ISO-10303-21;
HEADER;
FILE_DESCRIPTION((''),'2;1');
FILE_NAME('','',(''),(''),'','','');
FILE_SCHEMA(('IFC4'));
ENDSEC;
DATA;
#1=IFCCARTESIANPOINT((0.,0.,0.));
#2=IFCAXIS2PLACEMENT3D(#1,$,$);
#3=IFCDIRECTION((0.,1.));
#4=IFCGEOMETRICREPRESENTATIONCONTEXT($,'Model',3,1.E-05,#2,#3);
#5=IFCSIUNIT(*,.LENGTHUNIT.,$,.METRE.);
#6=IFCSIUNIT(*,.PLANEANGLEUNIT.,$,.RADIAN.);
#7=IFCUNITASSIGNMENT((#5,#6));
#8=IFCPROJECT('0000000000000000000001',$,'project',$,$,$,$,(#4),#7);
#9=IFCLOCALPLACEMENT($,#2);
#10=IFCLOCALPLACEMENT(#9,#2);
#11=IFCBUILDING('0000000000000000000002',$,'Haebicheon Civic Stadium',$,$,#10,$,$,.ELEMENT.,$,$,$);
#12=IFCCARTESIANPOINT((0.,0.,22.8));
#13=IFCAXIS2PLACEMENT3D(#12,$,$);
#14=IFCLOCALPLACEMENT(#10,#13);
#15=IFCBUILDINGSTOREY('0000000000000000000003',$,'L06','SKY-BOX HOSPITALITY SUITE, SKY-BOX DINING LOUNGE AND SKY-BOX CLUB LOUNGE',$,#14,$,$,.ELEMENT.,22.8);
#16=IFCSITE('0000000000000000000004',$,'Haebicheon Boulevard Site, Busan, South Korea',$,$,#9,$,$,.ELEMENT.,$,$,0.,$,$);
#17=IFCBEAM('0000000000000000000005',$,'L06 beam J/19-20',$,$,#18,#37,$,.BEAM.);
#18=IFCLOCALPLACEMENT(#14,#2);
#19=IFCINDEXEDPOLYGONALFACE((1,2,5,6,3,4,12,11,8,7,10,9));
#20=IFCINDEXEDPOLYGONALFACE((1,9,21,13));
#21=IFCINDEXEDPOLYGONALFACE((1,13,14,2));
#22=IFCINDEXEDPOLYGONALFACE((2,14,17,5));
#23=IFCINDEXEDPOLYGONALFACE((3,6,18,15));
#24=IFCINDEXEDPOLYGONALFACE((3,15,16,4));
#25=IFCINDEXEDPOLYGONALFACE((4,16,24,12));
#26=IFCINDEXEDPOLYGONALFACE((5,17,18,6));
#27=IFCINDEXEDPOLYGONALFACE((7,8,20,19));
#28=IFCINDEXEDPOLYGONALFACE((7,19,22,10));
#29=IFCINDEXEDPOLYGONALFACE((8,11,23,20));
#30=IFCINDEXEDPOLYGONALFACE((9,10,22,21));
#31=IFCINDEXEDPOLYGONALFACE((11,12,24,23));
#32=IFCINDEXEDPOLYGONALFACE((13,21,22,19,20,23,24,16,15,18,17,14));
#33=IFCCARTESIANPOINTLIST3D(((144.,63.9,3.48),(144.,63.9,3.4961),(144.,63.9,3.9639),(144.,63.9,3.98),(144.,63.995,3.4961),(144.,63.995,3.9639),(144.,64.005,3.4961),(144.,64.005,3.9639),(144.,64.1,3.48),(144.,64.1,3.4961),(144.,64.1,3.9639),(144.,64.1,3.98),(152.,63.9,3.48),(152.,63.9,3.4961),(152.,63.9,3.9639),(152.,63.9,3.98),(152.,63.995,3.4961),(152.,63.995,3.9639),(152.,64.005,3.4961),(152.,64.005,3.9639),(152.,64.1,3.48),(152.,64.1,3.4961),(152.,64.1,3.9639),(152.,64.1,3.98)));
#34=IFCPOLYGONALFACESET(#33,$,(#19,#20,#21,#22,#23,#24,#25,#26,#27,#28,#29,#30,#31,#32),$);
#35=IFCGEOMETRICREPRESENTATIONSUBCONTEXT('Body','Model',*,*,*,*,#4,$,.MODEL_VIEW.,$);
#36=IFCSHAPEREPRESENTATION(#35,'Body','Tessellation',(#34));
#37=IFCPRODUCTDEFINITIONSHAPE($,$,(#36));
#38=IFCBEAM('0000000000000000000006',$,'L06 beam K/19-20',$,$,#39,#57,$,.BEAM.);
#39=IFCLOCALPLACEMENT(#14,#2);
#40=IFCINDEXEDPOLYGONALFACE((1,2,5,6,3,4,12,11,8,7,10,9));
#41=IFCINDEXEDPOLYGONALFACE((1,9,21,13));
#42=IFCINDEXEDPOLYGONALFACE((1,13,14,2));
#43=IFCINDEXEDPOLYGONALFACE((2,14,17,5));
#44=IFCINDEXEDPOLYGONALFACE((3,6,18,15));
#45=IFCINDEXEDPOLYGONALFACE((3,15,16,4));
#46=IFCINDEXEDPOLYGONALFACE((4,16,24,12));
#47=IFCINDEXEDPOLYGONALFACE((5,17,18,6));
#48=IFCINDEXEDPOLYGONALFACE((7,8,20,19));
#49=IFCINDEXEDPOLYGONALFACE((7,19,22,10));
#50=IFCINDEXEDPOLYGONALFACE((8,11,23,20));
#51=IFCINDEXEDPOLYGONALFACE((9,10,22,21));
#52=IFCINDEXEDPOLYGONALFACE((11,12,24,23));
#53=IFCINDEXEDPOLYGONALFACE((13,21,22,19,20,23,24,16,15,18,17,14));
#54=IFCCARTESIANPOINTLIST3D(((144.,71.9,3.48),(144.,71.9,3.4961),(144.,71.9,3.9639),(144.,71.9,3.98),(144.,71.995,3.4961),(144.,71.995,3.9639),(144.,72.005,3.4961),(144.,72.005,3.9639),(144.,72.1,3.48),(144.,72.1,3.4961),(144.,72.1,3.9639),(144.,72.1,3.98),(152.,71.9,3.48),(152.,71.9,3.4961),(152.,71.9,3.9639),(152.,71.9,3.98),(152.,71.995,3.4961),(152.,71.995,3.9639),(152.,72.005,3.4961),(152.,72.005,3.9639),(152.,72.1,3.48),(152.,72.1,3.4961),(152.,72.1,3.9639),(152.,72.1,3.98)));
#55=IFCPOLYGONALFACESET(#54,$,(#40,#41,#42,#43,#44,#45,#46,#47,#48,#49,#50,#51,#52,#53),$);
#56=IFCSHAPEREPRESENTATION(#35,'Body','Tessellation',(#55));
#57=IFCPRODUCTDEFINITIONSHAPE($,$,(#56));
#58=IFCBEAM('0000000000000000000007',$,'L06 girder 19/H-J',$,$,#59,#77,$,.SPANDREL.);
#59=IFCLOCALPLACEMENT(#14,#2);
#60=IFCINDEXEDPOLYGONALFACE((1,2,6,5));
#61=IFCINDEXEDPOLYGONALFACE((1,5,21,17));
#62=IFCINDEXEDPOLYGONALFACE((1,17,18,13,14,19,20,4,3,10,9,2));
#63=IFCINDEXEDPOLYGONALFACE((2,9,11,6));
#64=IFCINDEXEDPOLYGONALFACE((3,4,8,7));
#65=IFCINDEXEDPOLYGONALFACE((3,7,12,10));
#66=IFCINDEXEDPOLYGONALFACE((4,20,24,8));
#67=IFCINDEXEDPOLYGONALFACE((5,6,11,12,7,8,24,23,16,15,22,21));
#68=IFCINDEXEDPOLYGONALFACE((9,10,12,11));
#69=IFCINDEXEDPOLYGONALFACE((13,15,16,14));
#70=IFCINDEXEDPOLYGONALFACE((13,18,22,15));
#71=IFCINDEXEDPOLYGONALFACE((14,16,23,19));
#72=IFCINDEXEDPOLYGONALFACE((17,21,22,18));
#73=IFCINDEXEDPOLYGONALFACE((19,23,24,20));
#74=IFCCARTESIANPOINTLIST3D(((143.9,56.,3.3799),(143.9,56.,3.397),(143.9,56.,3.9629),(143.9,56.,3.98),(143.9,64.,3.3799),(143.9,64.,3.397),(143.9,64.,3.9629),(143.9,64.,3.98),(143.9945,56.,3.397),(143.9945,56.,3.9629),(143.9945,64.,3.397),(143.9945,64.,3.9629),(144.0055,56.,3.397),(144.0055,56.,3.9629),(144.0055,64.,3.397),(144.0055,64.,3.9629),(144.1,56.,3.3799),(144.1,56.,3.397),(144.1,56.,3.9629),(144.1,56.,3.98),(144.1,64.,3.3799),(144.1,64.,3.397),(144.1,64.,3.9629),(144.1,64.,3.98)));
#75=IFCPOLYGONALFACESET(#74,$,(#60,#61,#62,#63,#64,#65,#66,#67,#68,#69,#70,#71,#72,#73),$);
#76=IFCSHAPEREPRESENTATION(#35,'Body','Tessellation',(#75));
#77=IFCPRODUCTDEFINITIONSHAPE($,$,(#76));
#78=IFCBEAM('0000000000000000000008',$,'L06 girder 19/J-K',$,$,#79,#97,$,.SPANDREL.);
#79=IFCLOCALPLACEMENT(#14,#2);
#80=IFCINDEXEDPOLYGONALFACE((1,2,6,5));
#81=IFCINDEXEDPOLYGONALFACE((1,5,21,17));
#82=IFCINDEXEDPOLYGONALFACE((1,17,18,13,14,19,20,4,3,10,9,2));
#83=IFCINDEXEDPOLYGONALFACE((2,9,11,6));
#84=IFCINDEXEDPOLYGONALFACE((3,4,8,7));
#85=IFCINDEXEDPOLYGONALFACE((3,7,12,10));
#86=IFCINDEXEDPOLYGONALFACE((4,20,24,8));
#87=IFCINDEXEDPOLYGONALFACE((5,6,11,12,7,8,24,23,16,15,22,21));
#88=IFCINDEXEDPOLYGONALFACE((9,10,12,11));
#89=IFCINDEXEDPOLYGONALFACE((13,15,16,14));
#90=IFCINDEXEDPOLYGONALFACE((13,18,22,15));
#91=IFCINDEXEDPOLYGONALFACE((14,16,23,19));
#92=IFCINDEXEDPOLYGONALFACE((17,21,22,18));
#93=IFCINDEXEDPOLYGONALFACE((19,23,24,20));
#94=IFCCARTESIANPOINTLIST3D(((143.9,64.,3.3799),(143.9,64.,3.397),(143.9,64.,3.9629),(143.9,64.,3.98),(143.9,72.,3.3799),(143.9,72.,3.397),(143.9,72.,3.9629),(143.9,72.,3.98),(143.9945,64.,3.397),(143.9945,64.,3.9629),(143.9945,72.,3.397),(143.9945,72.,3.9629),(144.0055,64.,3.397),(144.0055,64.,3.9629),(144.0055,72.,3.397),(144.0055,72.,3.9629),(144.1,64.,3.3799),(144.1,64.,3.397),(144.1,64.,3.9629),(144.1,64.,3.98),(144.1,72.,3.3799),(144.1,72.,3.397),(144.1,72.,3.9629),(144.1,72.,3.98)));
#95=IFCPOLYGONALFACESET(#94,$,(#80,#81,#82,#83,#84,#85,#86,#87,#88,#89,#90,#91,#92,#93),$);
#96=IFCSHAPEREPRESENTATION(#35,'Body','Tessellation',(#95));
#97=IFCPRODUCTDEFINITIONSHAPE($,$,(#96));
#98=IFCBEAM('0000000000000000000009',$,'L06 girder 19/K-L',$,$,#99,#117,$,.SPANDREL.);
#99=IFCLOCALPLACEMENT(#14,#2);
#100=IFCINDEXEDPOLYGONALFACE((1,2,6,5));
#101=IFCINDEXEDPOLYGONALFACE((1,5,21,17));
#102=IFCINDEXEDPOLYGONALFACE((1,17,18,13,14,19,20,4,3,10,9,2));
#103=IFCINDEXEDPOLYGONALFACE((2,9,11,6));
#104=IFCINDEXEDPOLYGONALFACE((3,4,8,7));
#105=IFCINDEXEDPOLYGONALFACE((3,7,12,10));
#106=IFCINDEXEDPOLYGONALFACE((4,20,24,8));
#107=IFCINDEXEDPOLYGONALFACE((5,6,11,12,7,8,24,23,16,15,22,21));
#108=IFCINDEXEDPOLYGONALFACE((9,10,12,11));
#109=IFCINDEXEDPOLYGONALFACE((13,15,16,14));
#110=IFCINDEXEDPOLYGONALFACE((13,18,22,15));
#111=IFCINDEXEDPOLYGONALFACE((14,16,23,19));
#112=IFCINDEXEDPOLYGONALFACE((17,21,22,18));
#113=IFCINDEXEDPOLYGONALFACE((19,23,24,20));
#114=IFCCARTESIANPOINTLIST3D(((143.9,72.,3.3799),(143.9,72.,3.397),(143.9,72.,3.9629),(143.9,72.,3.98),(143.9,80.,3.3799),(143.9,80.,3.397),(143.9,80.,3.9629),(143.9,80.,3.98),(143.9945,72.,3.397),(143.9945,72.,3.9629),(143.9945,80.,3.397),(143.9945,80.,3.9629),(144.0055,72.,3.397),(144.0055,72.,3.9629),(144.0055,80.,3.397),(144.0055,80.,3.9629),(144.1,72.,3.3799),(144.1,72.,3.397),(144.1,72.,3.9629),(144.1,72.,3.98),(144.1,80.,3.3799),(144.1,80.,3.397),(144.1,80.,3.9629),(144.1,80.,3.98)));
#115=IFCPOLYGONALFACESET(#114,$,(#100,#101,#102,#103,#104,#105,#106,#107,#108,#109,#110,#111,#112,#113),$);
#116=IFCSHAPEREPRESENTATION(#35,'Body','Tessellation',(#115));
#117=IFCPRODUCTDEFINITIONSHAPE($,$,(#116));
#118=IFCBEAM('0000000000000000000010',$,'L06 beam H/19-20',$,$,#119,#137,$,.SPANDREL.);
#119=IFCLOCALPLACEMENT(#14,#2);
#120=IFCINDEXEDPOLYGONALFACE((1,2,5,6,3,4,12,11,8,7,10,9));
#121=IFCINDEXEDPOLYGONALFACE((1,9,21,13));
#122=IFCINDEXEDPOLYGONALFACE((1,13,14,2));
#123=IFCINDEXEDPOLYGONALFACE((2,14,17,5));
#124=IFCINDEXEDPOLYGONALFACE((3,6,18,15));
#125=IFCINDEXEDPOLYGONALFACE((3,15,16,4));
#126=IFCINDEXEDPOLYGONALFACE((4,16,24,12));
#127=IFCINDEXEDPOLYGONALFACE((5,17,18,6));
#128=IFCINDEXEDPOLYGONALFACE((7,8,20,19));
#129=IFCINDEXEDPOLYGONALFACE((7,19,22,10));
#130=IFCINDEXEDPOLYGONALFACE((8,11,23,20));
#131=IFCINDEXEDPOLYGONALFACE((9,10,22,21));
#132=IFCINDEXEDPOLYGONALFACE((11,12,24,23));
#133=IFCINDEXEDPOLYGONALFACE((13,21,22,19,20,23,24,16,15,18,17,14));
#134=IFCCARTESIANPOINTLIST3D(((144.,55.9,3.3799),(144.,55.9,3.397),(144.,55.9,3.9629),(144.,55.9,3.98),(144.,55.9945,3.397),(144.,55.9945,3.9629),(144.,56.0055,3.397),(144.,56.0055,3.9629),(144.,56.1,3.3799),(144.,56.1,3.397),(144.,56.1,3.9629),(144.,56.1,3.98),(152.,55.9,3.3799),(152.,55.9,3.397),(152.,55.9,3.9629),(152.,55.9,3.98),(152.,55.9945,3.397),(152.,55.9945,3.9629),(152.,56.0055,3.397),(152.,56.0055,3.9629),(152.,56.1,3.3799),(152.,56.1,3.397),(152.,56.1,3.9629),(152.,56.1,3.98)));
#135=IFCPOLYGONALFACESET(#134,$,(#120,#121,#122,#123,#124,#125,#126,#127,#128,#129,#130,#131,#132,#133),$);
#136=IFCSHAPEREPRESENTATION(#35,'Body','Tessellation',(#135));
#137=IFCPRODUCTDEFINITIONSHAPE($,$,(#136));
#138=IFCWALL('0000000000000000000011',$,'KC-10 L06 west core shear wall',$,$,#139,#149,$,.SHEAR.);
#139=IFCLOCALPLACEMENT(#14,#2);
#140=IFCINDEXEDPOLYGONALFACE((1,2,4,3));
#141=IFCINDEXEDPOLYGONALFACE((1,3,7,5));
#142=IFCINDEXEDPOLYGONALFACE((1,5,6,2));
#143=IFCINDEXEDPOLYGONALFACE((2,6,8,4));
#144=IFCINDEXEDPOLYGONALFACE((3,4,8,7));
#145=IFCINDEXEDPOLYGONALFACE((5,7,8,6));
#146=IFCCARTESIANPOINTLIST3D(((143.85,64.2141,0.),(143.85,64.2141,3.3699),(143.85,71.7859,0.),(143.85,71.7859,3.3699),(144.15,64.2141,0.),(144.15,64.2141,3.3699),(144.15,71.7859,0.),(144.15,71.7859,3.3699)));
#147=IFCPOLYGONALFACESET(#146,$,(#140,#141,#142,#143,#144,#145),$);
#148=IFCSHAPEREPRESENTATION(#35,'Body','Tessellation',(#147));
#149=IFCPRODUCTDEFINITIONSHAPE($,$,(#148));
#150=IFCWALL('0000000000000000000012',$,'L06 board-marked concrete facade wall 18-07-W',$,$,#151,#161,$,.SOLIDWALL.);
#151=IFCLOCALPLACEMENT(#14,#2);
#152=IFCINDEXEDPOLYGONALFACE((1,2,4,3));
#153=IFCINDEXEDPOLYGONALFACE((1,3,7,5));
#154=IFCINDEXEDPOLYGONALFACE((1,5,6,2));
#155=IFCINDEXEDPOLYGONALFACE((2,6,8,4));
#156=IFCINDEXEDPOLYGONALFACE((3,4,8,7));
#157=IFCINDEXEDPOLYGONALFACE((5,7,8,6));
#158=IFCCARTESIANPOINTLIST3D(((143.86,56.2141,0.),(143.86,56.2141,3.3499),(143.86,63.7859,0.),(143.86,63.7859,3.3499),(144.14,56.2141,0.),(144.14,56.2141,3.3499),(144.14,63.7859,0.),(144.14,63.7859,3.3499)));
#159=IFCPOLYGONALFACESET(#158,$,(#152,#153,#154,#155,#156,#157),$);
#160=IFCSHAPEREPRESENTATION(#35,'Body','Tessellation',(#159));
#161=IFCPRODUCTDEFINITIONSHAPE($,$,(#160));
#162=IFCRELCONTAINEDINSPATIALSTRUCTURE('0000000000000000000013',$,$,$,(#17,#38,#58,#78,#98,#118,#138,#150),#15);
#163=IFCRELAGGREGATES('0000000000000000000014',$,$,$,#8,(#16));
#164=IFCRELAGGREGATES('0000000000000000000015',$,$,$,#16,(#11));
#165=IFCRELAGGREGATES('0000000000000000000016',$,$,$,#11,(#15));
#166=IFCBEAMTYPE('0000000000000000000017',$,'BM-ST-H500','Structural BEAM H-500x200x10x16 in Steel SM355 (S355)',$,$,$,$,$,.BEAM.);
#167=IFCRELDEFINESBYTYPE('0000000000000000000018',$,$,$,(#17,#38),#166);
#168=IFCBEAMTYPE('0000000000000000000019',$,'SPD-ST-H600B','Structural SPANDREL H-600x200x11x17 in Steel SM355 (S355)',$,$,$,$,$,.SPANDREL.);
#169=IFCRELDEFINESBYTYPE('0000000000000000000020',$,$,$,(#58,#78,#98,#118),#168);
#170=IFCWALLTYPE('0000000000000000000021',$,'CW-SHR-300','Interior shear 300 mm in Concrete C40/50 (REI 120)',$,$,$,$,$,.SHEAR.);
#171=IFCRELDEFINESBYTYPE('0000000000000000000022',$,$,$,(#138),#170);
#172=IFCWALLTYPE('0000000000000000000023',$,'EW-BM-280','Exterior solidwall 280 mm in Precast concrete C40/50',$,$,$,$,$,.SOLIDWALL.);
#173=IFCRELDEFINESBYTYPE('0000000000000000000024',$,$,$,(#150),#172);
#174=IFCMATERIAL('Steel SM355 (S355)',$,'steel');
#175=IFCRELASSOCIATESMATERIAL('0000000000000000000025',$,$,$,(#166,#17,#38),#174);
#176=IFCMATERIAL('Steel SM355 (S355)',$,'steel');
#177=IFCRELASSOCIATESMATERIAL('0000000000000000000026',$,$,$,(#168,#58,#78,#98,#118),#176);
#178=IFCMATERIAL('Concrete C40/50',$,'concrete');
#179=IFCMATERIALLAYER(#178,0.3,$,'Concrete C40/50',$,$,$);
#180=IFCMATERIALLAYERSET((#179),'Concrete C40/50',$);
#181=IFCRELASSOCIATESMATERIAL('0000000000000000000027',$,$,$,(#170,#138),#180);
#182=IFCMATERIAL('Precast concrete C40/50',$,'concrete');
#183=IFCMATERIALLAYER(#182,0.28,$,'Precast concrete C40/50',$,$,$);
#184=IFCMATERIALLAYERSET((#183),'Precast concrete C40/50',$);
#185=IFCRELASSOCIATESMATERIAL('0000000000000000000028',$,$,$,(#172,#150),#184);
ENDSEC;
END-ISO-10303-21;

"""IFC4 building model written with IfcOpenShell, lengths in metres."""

from ifc_helpers import new_model, si_unit, direction, frame, frame_2d, origin, origin_2d, place, context, subcontext, project, spatial, rectangle, i_section, extrude, material, layer, layer_set, material_profile, profile_set, type_object, element, save


model = new_model("IFC4")

# Units and contexts
model_context = context("Model", 3, precision=1e-05, world=origin(), true_north=direction((0.0, 1.0)))
body_context = subcontext(model_context, "Body", "Model", "MODEL_VIEW")
ifc_project = project(units=[si_unit("LENGTHUNIT", "METRE"), si_unit("PLANEANGLEUNIT", "RADIAN")], contexts=[model_context])

# Site, building, storey
site_placement = place(None, origin())
site = spatial("IfcSite", under=ifc_project, at=site_placement, Name="Haebicheon Boulevard Site, Busan, South Korea", CompositionType="ELEMENT", RefElevation=0.0)
building_placement = place(site_placement, origin())
building = spatial("IfcBuilding", under=site, at=building_placement, Name="Haebicheon Civic Stadium", CompositionType="ELEMENT")
storey_placement = place(building_placement, frame((0.0, 0.0, 22.8)))
storey = spatial("IfcBuildingStorey", under=building, at=storey_placement, Name="L06", Description="SKY-BOX HOSPITALITY SUITE, SKY-BOX DINING LOUNGE AND SKY-BOX CLUB LOUNGE", CompositionType="ELEMENT", Elevation=22.8)

# Beams
ifc_material_1 = material(Name="Steel SM355 (S355)", Category="steel")
ifc_material_profile_1 = material_profile(ifc_material_1, i_section(OverallWidth=0.2, OverallDepth=0.5, WebThickness=0.01, FlangeThickness=0.0161, at=origin_2d()), Name="H-500x200x10x16")
ifc_profile_set_1 = profile_set([ifc_material_profile_1], Name="Steel SM355 (S355)")
beam_type_1 = type_object("IfcBeamType", Name="BM-ST-H500", Description="Structural BEAM H-500x200x10x16 in Steel SM355 (S355)", PredefinedType="BEAM", material=ifc_profile_set_1)
for number, where, z_axis, x_axis, name in (
    (1, (144.0, 64.0, 3.73), (1.0, 0.0, 0.0), (0.0, 1.0, 0.0), "L06 beam J/19-20"),
    (2, (144.0, 72.0, 3.73), (1.0, 0.0, 0.0), (0.0, 1.0, 0.0), "L06 beam K/19-20"),
):
    element("IfcBeam", number, at=place(storey_placement, frame(where, z_axis=z_axis, x_axis=x_axis)), inside=storey, type_object=beam_type_1, material=ifc_profile_set_1, Name=name, PredefinedType="BEAM", context=body_context, shape_type="SweptSolid", body=[
        extrude(i_section(OverallWidth=0.2, OverallDepth=0.5, WebThickness=0.01, FlangeThickness=0.0161, at=origin_2d()), origin(), (0.0, 0.0, 1.0), 8.0),
    ])
ifc_material_2 = material(Name="Steel SM355 (S355)", Category="steel")
ifc_material_profile_2 = material_profile(ifc_material_2, i_section(OverallWidth=0.2, OverallDepth=0.6001, WebThickness=0.011, FlangeThickness=0.0171, at=origin_2d()), Name="H-600x200x11x17")
ifc_profile_set_2 = profile_set([ifc_material_profile_2], Name="Steel SM355 (S355)")
beam_type_2 = type_object("IfcBeamType", Name="SPD-ST-H600B", Description="Structural SPANDREL H-600x200x11x17 in Steel SM355 (S355)", PredefinedType="SPANDREL", material=ifc_profile_set_2)
for number, where, z_axis, x_axis, name in (
    (3, (144.0, 56.0, 3.6799), (0.0, 1.0, 0.0), (-1.0, 0.0, 0.0), "L06 girder 19/H-J"),
    (4, (144.0, 64.0, 3.6799), (0.0, 1.0, 0.0), (-1.0, 0.0, 0.0), "L06 girder 19/J-K"),
    (5, (144.0, 72.0, 3.6799), (0.0, 1.0, 0.0), (-1.0, 0.0, 0.0), "L06 girder 19/K-L"),
    (6, (144.0, 56.0, 3.6799), (1.0, 0.0, 0.0), (0.0, 1.0, 0.0), "L06 beam H/19-20"),
):
    element("IfcBeam", number, at=place(storey_placement, frame(where, z_axis=z_axis, x_axis=x_axis)), inside=storey, type_object=beam_type_2, material=ifc_profile_set_2, Name=name, PredefinedType="SPANDREL", context=body_context, shape_type="SweptSolid", body=[
        extrude(i_section(OverallWidth=0.2, OverallDepth=0.6001, WebThickness=0.011, FlangeThickness=0.0171, at=origin_2d()), origin(), (0.0, 0.0, 1.0), 8.0),
    ])

# Walls
ifc_material_3 = material(Name="Concrete C40/50", Category="concrete")
ifc_layer_1 = layer(ifc_material_3, 0.3, Name="Concrete C40/50")
ifc_layer_set_1 = layer_set([ifc_layer_1], Name="Concrete C40/50")
wall_type_1 = type_object("IfcWallType", Name="CW-SHR-300", Description="Interior shear 300 mm in Concrete C40/50 (REI 120)", PredefinedType="SHEAR", material=ifc_layer_set_1)
wall_1_placement = place(storey_placement, frame((144.0, 64.2141, 0.0), z_axis=(0.0, 0.0, 1.0), x_axis=(0.0, 1.0, 0.0)))
element("IfcWall", 7, at=wall_1_placement, inside=storey, type_object=wall_type_1, material=ifc_layer_set_1, Name="KC-10 L06 west core shear wall", PredefinedType="SHEAR", context=body_context, shape_type="SweptSolid", body=[
    extrude(rectangle(XDim=7.5718, YDim=0.3, at=frame_2d((3.7859, 0.0))), origin(), (0.0, 0.0, 1.0), 3.3699),
])
ifc_material_4 = material(Name="Precast concrete C40/50", Category="concrete")
ifc_layer_2 = layer(ifc_material_4, 0.28, Name="Precast concrete C40/50")
ifc_layer_set_2 = layer_set([ifc_layer_2], Name="Precast concrete C40/50")
wall_type_2 = type_object("IfcWallType", Name="EW-BM-280", Description="Exterior solidwall 280 mm in Precast concrete C40/50", PredefinedType="SOLIDWALL", material=ifc_layer_set_2)
wall_2_placement = place(storey_placement, frame((144.0, 56.2141, 0.0), z_axis=(0.0, 0.0, 1.0), x_axis=(0.0, 1.0, 0.0)))
element("IfcWall", 8, at=wall_2_placement, inside=storey, type_object=wall_type_2, material=ifc_layer_set_2, Name="L06 board-marked concrete facade wall 18-07-W", PredefinedType="SOLIDWALL", context=body_context, shape_type="SweptSolid", body=[
    extrude(rectangle(XDim=7.5718, YDim=0.28, at=frame_2d((3.7859, 0.0))), origin(), (0.0, 0.0, 1.0), 3.3499),
])

save(model, "model.ifc")
